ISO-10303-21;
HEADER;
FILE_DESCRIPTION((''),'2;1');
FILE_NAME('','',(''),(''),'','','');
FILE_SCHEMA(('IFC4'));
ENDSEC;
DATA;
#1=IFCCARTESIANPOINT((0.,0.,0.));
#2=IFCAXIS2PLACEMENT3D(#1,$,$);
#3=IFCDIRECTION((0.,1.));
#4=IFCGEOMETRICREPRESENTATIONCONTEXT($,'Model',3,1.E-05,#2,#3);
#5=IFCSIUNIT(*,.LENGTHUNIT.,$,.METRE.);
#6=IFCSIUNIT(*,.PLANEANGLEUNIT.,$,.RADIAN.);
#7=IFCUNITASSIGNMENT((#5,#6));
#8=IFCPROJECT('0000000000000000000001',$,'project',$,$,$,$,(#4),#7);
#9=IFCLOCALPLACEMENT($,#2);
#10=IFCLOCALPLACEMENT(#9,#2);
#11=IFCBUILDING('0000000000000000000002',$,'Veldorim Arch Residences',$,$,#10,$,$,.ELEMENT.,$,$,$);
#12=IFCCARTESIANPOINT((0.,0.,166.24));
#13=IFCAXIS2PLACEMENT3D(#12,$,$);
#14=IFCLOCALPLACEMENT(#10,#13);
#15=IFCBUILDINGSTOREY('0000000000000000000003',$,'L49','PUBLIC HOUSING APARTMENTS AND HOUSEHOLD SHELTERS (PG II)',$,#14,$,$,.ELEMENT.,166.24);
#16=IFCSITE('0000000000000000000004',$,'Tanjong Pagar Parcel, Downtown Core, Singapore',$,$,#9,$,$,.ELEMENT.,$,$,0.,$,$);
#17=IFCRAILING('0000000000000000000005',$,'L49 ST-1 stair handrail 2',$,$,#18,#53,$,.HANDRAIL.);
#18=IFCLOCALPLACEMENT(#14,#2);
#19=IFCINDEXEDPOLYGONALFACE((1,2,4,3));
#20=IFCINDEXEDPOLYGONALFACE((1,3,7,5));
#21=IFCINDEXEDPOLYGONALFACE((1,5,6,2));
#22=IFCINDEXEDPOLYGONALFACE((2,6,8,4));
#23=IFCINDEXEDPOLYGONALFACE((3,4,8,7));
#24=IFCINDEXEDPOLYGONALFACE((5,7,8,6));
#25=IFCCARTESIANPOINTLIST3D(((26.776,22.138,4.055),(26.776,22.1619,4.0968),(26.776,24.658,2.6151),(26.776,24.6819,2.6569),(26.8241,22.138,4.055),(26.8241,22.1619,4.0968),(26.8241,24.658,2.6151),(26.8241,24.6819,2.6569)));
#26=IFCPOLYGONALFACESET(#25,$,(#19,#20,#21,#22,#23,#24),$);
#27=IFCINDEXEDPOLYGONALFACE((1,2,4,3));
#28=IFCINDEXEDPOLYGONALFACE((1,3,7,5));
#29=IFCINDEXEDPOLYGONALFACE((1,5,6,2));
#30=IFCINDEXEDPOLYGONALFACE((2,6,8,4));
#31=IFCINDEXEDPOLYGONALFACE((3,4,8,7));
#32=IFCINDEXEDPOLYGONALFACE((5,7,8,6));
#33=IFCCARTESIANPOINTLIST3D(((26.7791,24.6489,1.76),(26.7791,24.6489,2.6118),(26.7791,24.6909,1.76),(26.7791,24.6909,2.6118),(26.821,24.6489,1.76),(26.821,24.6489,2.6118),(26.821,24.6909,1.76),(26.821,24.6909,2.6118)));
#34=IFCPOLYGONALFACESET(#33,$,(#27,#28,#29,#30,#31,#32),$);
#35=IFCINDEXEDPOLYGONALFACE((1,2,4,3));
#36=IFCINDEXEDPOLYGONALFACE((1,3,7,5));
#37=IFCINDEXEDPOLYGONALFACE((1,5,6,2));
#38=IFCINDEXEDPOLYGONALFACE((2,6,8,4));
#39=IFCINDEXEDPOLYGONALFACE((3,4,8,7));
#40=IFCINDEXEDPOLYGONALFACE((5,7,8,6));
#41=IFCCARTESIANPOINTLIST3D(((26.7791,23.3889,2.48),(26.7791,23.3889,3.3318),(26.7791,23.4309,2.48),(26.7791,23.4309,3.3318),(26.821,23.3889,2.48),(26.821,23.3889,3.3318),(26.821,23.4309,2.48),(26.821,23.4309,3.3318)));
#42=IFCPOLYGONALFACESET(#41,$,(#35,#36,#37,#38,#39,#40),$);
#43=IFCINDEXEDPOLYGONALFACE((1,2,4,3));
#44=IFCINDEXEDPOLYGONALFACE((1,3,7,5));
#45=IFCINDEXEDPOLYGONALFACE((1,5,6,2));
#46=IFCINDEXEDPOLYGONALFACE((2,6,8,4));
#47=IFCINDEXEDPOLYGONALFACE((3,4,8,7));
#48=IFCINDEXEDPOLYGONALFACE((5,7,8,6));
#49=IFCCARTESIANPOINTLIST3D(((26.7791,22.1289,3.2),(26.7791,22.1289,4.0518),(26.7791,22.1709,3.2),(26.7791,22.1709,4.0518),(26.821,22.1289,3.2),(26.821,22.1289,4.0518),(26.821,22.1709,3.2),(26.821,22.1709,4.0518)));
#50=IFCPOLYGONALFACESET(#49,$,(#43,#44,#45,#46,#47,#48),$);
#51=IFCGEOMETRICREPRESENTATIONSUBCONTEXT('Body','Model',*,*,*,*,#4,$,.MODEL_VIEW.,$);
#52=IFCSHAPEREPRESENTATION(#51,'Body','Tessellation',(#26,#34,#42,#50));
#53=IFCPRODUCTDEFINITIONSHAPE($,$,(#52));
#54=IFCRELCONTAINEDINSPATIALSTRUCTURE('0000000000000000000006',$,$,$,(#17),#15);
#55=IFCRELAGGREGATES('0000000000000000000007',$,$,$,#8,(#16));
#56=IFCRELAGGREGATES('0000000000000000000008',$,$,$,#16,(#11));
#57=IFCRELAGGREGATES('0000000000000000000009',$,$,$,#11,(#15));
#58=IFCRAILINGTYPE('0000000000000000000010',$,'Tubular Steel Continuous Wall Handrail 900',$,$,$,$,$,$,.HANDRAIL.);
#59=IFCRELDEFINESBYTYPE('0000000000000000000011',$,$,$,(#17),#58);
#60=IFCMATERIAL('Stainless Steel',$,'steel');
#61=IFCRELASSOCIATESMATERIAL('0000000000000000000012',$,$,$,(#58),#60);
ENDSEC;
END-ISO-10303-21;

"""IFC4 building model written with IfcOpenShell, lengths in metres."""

from ifc_helpers import new_model, si_unit, direction, frame, origin, origin_2d, place, context, subcontext, project, spatial, rectangle, extrude, material, type_object, element, save


model = new_model("IFC4")

# Units and contexts
model_context = context("Model", 3, precision=1e-05, world=origin(), true_north=direction((0.0, 1.0)))
body_context = subcontext(model_context, "Body", "Model", "MODEL_VIEW")
ifc_project = project(units=[si_unit("LENGTHUNIT", "METRE"), si_unit("PLANEANGLEUNIT", "RADIAN")], contexts=[model_context])

# Site, building, storey
site_placement = place(None, origin())
site = spatial("IfcSite", under=ifc_project, at=site_placement, Name="Tanjong Pagar Parcel, Downtown Core, Singapore", CompositionType="ELEMENT", RefElevation=0.0)
building_placement = place(site_placement, origin())
building = spatial("IfcBuilding", under=site, at=building_placement, Name="Veldorim Arch Residences", CompositionType="ELEMENT")
storey_placement = place(building_placement, frame((0.0, 0.0, 166.24)))
storey = spatial("IfcBuildingStorey", under=building, at=storey_placement, Name="L49", Description="PUBLIC HOUSING APARTMENTS AND HOUSEHOLD SHELTERS (PG II)", CompositionType="ELEMENT", Elevation=166.24)

# Railing
ifc_material_1 = material(Name="Stainless Steel", Category="steel")
railing_type_1 = type_object("IfcRailingType", Name="Tubular Steel Continuous Wall Handrail 900", PredefinedType="HANDRAIL", material=ifc_material_1)
railing_1_placement = place(storey_placement, frame((26.8, 24.6699, 1.76)))
element("IfcRailing", 1, at=railing_1_placement, inside=storey, type_object=railing_type_1, Name="L49 ST-1 stair handrail 2", PredefinedType="HANDRAIL", context=body_context, shape_type="SweptSolid", body=[
    extrude(rectangle(XDim=0.0481, YDim=0.0481, at=origin_2d()), frame((0.0, 0.0, 0.876), z_axis=(0.0, -0.868253, 0.496121), x_axis=(1.0, 0.0, 0.0)), (0.0, 0.0, 1.0), 2.9023),
    extrude(rectangle(XDim=0.042, YDim=0.042, at=origin_2d()), origin(), (0.0, 0.0, 1.0), 0.8518),
    extrude(rectangle(XDim=0.042, YDim=0.042, at=origin_2d()), frame((0.0, -1.26, 0.72)), (0.0, 0.0, 1.0), 0.8518),
    extrude(rectangle(XDim=0.042, YDim=0.042, at=origin_2d()), frame((0.0, -2.52, 1.4399)), (0.0, 0.0, 1.0), 0.8518),
])

save(model, "model.ifc")
